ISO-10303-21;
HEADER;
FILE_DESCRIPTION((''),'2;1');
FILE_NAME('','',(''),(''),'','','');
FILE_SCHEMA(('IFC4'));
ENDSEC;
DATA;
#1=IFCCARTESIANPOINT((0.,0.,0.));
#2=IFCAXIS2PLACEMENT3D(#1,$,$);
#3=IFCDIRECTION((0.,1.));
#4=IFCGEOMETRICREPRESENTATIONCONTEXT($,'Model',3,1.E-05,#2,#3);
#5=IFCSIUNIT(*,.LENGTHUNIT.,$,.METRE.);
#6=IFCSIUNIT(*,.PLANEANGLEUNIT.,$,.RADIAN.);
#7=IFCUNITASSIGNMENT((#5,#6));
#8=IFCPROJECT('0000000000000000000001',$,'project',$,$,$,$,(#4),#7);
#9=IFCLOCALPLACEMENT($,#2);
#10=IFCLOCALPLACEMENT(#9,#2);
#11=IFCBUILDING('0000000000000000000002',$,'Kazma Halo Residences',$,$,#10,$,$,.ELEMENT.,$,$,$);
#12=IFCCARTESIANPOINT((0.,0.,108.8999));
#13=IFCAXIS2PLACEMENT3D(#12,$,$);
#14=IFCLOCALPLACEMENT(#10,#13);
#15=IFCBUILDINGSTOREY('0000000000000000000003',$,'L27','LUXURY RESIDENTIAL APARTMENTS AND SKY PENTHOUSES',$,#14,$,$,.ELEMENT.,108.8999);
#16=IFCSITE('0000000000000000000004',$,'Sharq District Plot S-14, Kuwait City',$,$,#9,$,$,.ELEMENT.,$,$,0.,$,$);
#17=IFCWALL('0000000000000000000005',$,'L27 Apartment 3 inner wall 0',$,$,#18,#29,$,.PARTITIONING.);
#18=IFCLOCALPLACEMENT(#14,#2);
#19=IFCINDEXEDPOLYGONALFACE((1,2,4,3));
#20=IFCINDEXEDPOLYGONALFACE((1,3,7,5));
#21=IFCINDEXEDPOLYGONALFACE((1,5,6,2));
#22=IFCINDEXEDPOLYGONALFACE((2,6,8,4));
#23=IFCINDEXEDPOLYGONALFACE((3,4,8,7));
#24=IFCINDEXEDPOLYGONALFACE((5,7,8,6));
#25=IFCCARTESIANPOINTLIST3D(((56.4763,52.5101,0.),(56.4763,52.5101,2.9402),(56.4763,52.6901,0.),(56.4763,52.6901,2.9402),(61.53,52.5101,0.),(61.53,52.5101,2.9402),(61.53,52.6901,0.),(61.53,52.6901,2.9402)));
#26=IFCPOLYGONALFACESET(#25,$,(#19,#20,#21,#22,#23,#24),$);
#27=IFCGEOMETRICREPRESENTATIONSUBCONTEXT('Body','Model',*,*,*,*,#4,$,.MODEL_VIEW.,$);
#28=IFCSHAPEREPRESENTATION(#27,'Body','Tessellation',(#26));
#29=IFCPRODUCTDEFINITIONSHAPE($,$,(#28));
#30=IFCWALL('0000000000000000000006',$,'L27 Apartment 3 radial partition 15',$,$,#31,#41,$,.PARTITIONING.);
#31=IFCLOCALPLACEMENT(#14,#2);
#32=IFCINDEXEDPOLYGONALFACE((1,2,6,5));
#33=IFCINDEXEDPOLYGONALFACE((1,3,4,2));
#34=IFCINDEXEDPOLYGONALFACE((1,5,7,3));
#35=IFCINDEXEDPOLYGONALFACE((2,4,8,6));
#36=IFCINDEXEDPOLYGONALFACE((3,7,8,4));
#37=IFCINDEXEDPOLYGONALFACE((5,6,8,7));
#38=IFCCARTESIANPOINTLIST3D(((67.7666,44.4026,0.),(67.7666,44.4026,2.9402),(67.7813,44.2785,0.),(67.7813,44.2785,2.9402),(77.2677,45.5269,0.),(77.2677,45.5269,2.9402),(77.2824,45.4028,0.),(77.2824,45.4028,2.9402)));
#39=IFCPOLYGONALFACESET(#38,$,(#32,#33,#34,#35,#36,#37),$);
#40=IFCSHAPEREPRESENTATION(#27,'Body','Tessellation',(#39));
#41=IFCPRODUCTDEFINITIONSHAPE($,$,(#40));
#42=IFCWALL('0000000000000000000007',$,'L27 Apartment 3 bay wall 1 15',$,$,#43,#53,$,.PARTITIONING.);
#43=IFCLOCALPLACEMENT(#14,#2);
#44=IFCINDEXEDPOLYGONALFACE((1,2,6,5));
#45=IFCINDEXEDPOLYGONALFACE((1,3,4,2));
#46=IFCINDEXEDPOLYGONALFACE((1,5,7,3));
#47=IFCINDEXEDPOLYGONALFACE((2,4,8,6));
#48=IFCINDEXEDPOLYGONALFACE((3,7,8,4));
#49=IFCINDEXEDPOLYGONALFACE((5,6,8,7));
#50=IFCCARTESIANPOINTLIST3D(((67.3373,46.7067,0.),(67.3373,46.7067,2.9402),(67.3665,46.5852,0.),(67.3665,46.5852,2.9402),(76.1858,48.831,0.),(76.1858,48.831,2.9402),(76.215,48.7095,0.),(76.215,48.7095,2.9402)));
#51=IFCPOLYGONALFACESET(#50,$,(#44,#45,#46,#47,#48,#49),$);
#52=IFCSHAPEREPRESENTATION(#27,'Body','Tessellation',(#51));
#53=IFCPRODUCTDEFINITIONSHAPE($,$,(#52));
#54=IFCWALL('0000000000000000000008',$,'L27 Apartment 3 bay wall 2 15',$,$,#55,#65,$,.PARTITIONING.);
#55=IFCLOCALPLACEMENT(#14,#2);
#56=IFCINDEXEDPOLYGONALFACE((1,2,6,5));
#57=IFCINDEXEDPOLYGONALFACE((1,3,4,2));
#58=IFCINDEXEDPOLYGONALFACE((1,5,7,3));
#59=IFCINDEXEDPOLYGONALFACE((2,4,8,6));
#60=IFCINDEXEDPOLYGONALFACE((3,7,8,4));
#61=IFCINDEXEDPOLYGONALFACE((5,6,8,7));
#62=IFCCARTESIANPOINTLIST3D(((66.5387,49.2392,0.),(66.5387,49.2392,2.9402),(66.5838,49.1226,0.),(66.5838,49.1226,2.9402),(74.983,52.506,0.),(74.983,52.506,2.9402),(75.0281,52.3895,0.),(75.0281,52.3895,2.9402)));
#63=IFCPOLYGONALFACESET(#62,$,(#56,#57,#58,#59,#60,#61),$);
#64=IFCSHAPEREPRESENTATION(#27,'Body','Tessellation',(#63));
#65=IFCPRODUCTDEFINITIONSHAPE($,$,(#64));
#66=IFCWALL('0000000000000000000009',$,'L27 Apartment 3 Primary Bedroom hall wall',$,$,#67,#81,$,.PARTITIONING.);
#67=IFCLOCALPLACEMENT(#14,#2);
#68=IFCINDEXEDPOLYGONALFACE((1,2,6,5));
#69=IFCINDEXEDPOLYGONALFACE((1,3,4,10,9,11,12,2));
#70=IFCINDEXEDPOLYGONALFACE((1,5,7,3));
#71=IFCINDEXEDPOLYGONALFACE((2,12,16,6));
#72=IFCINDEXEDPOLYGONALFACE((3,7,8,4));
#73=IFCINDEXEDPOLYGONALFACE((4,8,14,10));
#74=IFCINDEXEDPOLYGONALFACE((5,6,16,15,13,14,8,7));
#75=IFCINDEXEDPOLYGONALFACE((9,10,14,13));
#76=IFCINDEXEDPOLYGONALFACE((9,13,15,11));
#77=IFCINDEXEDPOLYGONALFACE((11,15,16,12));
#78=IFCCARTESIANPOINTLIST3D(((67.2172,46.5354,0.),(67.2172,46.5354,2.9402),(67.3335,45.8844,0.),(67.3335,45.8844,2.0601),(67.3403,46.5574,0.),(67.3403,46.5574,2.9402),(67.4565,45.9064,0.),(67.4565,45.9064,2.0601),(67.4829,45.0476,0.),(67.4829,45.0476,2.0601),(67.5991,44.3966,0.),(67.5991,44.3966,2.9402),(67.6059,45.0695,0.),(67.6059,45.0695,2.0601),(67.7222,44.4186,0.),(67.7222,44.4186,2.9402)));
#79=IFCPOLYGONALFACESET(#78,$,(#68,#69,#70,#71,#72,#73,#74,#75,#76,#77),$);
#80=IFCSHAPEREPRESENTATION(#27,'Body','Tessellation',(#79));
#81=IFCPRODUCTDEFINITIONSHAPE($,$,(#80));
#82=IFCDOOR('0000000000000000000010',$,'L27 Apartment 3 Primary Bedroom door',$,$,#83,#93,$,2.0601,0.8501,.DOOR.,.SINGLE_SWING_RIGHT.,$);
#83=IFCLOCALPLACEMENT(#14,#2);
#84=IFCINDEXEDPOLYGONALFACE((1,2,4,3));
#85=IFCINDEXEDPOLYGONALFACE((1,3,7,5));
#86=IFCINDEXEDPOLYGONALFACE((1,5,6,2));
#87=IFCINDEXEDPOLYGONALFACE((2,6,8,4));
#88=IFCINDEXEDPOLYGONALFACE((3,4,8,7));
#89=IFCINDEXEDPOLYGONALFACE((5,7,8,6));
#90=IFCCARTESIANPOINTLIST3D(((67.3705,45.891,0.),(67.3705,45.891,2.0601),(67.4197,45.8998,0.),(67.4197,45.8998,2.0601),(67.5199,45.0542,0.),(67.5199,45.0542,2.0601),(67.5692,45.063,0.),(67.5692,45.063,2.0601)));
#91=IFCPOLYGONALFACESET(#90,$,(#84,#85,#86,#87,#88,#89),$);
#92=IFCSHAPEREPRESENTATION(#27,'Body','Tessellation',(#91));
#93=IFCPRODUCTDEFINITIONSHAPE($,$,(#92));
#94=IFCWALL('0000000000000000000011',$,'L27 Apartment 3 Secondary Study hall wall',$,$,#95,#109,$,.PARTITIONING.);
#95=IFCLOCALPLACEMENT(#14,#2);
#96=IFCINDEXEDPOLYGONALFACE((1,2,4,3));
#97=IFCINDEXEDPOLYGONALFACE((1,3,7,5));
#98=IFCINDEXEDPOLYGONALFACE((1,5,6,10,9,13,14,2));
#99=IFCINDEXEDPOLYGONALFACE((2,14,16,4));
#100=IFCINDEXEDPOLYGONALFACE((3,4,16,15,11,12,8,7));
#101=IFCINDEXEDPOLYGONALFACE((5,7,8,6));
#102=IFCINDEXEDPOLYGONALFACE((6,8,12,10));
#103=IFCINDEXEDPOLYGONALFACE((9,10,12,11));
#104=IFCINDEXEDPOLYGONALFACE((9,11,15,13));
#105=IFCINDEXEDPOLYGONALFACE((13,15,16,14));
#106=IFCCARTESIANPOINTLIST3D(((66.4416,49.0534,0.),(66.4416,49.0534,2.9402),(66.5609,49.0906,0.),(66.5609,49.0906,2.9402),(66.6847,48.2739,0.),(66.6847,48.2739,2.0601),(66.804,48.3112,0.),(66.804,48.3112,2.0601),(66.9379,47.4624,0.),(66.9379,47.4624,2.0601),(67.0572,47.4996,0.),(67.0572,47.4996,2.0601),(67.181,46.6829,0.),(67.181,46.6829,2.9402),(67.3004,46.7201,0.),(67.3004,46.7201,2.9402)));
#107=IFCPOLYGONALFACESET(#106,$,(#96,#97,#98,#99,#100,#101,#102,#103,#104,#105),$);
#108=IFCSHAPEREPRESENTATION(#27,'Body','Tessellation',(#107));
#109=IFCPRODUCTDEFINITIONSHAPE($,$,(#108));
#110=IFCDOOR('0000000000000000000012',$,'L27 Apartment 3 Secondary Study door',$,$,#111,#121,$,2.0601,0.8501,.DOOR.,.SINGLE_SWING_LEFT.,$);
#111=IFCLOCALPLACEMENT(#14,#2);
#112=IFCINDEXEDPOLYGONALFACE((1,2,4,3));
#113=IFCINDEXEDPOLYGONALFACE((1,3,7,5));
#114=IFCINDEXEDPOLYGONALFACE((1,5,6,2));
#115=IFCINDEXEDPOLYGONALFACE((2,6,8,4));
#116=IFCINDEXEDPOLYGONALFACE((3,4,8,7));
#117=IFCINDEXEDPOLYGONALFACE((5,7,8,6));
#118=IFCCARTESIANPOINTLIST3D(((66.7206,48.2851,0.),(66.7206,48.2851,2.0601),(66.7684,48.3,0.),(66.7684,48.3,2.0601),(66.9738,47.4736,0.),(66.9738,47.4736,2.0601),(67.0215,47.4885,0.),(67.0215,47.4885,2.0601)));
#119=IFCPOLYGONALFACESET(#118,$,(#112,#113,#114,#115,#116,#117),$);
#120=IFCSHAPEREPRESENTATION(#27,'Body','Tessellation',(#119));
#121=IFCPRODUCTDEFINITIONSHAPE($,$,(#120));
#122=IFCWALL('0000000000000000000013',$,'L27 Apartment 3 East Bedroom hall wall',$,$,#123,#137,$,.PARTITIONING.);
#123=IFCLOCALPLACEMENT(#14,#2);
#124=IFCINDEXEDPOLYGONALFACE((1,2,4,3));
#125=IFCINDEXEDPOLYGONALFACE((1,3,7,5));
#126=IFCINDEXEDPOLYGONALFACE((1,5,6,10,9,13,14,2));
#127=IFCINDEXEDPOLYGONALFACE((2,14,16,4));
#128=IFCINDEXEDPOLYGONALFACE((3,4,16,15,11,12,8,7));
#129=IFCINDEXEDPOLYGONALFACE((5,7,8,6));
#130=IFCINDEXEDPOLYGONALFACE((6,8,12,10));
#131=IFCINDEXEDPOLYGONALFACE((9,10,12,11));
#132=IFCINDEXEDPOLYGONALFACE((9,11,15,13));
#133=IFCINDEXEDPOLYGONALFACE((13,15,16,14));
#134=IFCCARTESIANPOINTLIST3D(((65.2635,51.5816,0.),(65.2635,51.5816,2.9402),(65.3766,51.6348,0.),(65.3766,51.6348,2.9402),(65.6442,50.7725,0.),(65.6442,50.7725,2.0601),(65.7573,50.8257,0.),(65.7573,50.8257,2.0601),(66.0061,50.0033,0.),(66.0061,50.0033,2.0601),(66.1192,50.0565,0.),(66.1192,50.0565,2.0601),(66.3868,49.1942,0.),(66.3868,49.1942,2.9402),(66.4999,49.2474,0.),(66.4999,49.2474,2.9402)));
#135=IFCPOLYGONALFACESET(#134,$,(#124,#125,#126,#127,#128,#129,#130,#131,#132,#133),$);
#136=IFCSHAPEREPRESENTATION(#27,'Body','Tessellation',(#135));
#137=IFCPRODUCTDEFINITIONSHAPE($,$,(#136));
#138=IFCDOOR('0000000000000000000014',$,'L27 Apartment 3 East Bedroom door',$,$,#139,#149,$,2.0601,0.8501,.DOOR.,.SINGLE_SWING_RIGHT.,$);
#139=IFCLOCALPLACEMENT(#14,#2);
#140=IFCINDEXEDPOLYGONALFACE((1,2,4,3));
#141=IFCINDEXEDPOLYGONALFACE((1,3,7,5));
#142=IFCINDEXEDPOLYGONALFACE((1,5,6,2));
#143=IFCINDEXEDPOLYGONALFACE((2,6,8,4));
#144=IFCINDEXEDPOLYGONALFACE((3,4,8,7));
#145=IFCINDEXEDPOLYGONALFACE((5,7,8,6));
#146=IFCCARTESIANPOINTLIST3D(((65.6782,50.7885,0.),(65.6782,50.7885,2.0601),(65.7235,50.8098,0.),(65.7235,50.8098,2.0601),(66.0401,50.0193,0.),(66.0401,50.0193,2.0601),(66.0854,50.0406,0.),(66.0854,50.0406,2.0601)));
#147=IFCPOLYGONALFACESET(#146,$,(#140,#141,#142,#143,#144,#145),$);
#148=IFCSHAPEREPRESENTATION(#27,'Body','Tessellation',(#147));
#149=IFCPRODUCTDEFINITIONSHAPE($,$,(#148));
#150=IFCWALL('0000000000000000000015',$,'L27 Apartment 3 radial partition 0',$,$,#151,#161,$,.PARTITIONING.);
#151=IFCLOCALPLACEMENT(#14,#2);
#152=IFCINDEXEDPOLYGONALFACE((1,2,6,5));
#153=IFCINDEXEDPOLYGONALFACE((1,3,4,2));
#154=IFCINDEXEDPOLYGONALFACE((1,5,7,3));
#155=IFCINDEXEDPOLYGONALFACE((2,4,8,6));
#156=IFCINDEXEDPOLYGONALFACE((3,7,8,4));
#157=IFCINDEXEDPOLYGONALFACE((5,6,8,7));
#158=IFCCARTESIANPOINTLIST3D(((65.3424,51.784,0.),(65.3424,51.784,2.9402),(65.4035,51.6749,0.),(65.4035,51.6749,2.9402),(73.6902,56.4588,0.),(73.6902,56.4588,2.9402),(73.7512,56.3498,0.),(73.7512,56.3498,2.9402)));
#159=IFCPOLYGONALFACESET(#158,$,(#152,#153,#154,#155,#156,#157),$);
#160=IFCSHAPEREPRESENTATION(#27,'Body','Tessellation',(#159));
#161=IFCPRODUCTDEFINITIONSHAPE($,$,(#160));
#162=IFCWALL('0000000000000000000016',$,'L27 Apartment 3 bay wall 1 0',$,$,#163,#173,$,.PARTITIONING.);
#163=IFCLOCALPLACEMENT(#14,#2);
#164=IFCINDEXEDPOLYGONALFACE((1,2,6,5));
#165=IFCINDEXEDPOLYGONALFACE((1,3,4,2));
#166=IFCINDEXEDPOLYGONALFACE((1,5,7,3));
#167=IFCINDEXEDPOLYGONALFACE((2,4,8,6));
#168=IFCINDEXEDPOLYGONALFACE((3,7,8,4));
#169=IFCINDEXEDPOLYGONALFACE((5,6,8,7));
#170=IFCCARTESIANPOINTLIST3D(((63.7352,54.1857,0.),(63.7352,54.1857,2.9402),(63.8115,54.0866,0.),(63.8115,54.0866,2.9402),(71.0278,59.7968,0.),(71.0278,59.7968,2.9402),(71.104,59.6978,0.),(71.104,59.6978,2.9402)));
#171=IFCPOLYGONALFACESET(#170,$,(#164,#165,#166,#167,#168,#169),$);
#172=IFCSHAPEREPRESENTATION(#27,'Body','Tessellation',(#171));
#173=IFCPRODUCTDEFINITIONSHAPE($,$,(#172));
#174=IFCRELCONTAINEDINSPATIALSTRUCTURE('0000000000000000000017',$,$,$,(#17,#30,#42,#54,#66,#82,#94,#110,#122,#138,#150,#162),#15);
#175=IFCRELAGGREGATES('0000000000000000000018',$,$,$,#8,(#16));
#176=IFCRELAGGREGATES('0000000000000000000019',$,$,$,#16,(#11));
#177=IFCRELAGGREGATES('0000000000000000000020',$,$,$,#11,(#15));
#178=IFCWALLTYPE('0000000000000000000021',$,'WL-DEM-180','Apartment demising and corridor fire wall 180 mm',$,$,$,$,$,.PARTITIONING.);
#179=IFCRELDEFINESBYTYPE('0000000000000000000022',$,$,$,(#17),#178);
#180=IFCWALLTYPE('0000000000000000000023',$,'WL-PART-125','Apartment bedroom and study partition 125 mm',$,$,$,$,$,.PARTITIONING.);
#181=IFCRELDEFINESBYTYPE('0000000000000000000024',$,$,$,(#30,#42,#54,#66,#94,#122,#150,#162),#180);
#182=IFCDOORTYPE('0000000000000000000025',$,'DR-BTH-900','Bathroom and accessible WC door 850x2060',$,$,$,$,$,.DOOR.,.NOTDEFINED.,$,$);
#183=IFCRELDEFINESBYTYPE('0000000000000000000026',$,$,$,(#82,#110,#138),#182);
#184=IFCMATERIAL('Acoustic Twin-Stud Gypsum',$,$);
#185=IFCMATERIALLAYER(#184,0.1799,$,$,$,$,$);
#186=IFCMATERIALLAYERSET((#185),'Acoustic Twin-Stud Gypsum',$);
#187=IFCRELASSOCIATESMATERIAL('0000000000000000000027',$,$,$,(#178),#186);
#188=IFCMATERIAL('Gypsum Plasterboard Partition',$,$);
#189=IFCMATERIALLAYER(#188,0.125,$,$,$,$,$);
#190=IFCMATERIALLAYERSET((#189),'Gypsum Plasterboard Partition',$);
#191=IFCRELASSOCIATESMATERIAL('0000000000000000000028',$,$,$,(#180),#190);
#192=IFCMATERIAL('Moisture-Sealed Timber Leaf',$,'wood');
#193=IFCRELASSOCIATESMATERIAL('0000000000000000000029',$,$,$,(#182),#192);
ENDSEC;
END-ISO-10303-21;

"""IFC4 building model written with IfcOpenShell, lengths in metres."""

from ifc_helpers import new_model, si_unit, direction, frame, frame_2d, origin, place, context, subcontext, project, spatial, rectangle, extrude, material, layer, layer_set, type_object, element, fill, save


model = new_model("IFC4")

# Units and contexts
model_context = context("Model", 3, precision=1e-05, world=origin(), true_north=direction((0.0, 1.0)))
body_context = subcontext(model_context, "Body", "Model", "MODEL_VIEW")
ifc_project = project(units=[si_unit("LENGTHUNIT", "METRE"), si_unit("PLANEANGLEUNIT", "RADIAN")], contexts=[model_context])

# Site, building, storey
site_placement = place(None, origin())
site = spatial("IfcSite", under=ifc_project, at=site_placement, Name="Sharq District Plot S-14, Kuwait City", CompositionType="ELEMENT", RefElevation=0.0)
building_placement = place(site_placement, origin())
building = spatial("IfcBuilding", under=site, at=building_placement, Name="Kazma Halo Residences", CompositionType="ELEMENT")
storey_placement = place(building_placement, frame((0.0, 0.0, 108.8999)))
storey = spatial("IfcBuildingStorey", under=building, at=storey_placement, Name="L27", Description="LUXURY RESIDENTIAL APARTMENTS AND SKY PENTHOUSES", CompositionType="ELEMENT", Elevation=108.8999)

# Walls
ifc_material_1 = material(Name="Acoustic Twin-Stud Gypsum")
ifc_layer_1 = layer(ifc_material_1, 0.1799)
ifc_layer_set_1 = layer_set([ifc_layer_1], Name="Acoustic Twin-Stud Gypsum")
wall_type_1 = type_object("IfcWallType", Name="WL-DEM-180", Description="Apartment demising and corridor fire wall 180 mm", PredefinedType="PARTITIONING", material=ifc_layer_set_1)
wall_1_placement = place(storey_placement, frame((61.53, 52.6001, 0.0), z_axis=(0.0, 0.0, 1.0), x_axis=(-1.0, 0.0, 0.0)))
element("IfcWall", 1, at=wall_1_placement, inside=storey, type_object=wall_type_1, Name="L27 Apartment 3 inner wall 0", PredefinedType="PARTITIONING", context=body_context, shape_type="SweptSolid", body=[
    extrude(rectangle(XDim=5.0537, YDim=0.1799, at=frame_2d((2.5269, 0.0))), origin(), (0.0, 0.0, 1.0), 2.9402),
])
ifc_material_2 = material(Name="Gypsum Plasterboard Partition")
ifc_layer_2 = layer(ifc_material_2, 0.125)
ifc_layer_set_2 = layer_set([ifc_layer_2], Name="Gypsum Plasterboard Partition")
wall_type_2 = type_object("IfcWallType", Name="WL-PART-125", Description="Apartment bedroom and study partition 125 mm", PredefinedType="PARTITIONING", material=ifc_layer_set_2)
wall_2_placement = place(storey_placement, frame((67.7739, 44.3406, 0.0), z_axis=(0.0, 0.0, 1.0), x_axis=(0.993071, 0.117512, 0.0)))
element("IfcWall", 2, at=wall_2_placement, inside=storey, type_object=wall_type_2, Name="L27 Apartment 3 radial partition 15", PredefinedType="PARTITIONING", context=body_context, shape_type="SweptSolid", body=[
    extrude(rectangle(XDim=9.5674, YDim=0.125, at=frame_2d((4.7837, 0.0))), origin(), (0.0, 0.0, 1.0), 2.9402),
])
wall_3_placement = place(storey_placement, frame((67.3521, 46.646, 0.0), z_axis=(0.0, 0.0, 1.0), x_axis=(0.972371, 0.233441, 0.0)))
element("IfcWall", 3, at=wall_3_placement, inside=storey, type_object=wall_type_2, Name="L27 Apartment 3 bay wall 1 15", PredefinedType="PARTITIONING", context=body_context, shape_type="SweptSolid", body=[
    extrude(rectangle(XDim=9.0999, YDim=0.125, at=frame_2d((4.5498, 0.0))), origin(), (0.0, 0.0, 1.0), 2.9402),
])
wall_4_placement = place(storey_placement, frame((66.5613, 49.1809, 0.0), z_axis=(0.0, 0.0, 1.0), x_axis=(0.93264, 0.360809, 0.0)))
element("IfcWall", 4, at=wall_4_placement, inside=storey, type_object=wall_type_2, Name="L27 Apartment 3 bay wall 2 15", PredefinedType="PARTITIONING", context=body_context, shape_type="SweptSolid", body=[
    extrude(rectangle(XDim=9.0542, YDim=0.125, at=frame_2d((4.5271, 0.0))), origin(), (0.0, 0.0, 1.0), 2.9402),
])

# Walls, openings, doors
wall_5_placement = place(storey_placement, frame((67.6606, 44.4075, 0.0), z_axis=(0.0, 0.0, 1.0), x_axis=(-0.17576, 0.984433, 0.0)))
wall_5 = element("IfcWall", 5, at=wall_5_placement, inside=storey, type_object=wall_type_2, Name="L27 Apartment 3 Primary Bedroom hall wall", PredefinedType="PARTITIONING", context=body_context, shape_type="SweptSolid", body=[
    extrude(rectangle(XDim=2.1726, YDim=0.125, at=frame_2d((1.0864, 0.0))), origin(), (0.0, 0.0, 1.0), 2.9402),
])
opening_1_placement = place(wall_5_placement, frame((0.6614, 0.0, 0.0)))
opening_1 = element("IfcOpeningElement", 6, at=opening_1_placement, cuts=wall_5, PredefinedType="OPENING", context=body_context, shape_type="SweptSolid", body=[
    extrude(rectangle(XDim=0.8501, YDim=2.0601, at=frame_2d((0.425, 1.03))), frame((0.0, 0.0725, 0.0), z_axis=(0.0, -1.0, 0.0), x_axis=(1.0, 0.0, 0.0)), (0.0, 0.0, 1.0), 0.145),
])
ifc_material_3 = material(Name="Moisture-Sealed Timber Leaf", Category="wood")
door_type = type_object("IfcDoorType", Name="DR-BTH-900", Description="Bathroom and accessible WC door 850x2060", OperationType="NOTDEFINED", PredefinedType="DOOR", material=ifc_material_3)
door_1_placement = place(opening_1_placement, origin())
door_1 = element("IfcDoor", 7, at=door_1_placement, inside=storey, type_object=door_type, Name="L27 Apartment 3 Primary Bedroom door", OperationType="SINGLE_SWING_RIGHT", OverallHeight=2.0601, OverallWidth=0.8501, PredefinedType="DOOR", context=body_context, shape_type="SweptSolid", body=[
    extrude(rectangle(XDim=0.8501, YDim=2.0601, at=frame_2d((0.425, 1.03))), frame((0.0, 0.0249, 0.0), z_axis=(0.0, -1.0, 0.0), x_axis=(1.0, 0.0, 0.0)), (0.0, 0.0, 1.0), 0.05),
])
fill(opening_1, door_1)
wall_6_placement = place(storey_placement, frame((67.2407, 46.7014, 0.0), z_axis=(0.0, 0.0, 1.0), x_axis=(-0.297794, 0.95463, 0.0)))
wall_6 = element("IfcWall", 8, at=wall_6_placement, inside=storey, type_object=wall_type_2, Name="L27 Apartment 3 Secondary Study hall wall", PredefinedType="PARTITIONING", context=body_context, shape_type="SweptSolid", body=[
    extrude(rectangle(XDim=2.4832, YDim=0.125, at=frame_2d((1.2417, 0.0))), origin(), (0.0, 0.0, 1.0), 2.9402),
])
opening_2_placement = place(wall_6_placement, frame((0.8167, 0.0, 0.0)))
opening_2 = element("IfcOpeningElement", 9, at=opening_2_placement, cuts=wall_6, PredefinedType="OPENING", context=body_context, shape_type="SweptSolid", body=[
    extrude(rectangle(XDim=0.8501, YDim=2.0601, at=frame_2d((0.425, 1.03))), frame((0.0, 0.0725, 0.0), z_axis=(0.0, -1.0, 0.0), x_axis=(1.0, 0.0, 0.0)), (0.0, 0.0, 1.0), 0.145),
])
door_2_placement = place(opening_2_placement, origin())
door_2 = element("IfcDoor", 10, at=door_2_placement, inside=storey, type_object=door_type, Name="L27 Apartment 3 Secondary Study door", OperationType="SINGLE_SWING_LEFT", OverallHeight=2.0601, OverallWidth=0.8501, PredefinedType="DOOR", context=body_context, shape_type="SweptSolid", body=[
    extrude(rectangle(XDim=0.8501, YDim=2.0601, at=frame_2d((0.425, 1.03))), frame((0.0, 0.0249, 0.0), z_axis=(0.0, -1.0, 0.0), x_axis=(1.0, 0.0, 0.0)), (0.0, 0.0, 1.0), 0.05),
])
fill(opening_2, door_2)
wall_7_placement = place(storey_placement, frame((66.4434, 49.2207, 0.0), z_axis=(0.0, 0.0, 1.0), x_axis=(-0.42573, 0.90485, 0.0)))
wall_7 = element("IfcWall", 11, at=wall_7_placement, inside=storey, type_object=wall_type_2, Name="L27 Apartment 3 East Bedroom hall wall", PredefinedType="PARTITIONING", context=body_context, shape_type="SweptSolid", body=[
    extrude(rectangle(XDim=2.6384, YDim=0.125, at=frame_2d((1.3193, 0.0))), origin(), (0.0, 0.0, 1.0), 2.9402),
])
opening_3_placement = place(wall_7_placement, frame((0.8943, 0.0, 0.0)))
opening_3 = element("IfcOpeningElement", 12, at=opening_3_placement, cuts=wall_7, PredefinedType="OPENING", context=body_context, shape_type="SweptSolid", body=[
    extrude(rectangle(XDim=0.8501, YDim=2.0601, at=frame_2d((0.425, 1.03))), frame((0.0, 0.0725, 0.0), z_axis=(0.0, -1.0, 0.0), x_axis=(1.0, 0.0, 0.0)), (0.0, 0.0, 1.0), 0.145),
])
door_3_placement = place(opening_3_placement, origin())
door_3 = element("IfcDoor", 13, at=door_3_placement, inside=storey, type_object=door_type, Name="L27 Apartment 3 East Bedroom door", OperationType="SINGLE_SWING_RIGHT", OverallHeight=2.0601, OverallWidth=0.8501, PredefinedType="DOOR", context=body_context, shape_type="SweptSolid", body=[
    extrude(rectangle(XDim=0.8501, YDim=2.0601, at=frame_2d((0.425, 1.03))), frame((0.0, 0.0249, 0.0), z_axis=(0.0, -1.0, 0.0), x_axis=(1.0, 0.0, 0.0)), (0.0, 0.0, 1.0), 0.05),
])
fill(opening_3, door_3)

# Walls
wall_8_placement = place(storey_placement, frame((65.373, 51.7295, 0.0), z_axis=(0.0, 0.0, 1.0), x_axis=(0.872501, 0.488613, 0.0)))
element("IfcWall", 14, at=wall_8_placement, inside=storey, type_object=wall_type_2, Name="L27 Apartment 3 radial partition 0", PredefinedType="PARTITIONING", context=body_context, shape_type="SweptSolid", body=[
    extrude(rectangle(XDim=9.5676, YDim=0.125, at=frame_2d((4.7837, 0.0))), origin(), (0.0, 0.0, 1.0), 2.9402),
])
wall_9_placement = place(storey_placement, frame((63.7734, 54.1362, 0.0), z_axis=(0.0, 0.0, 1.0), x_axis=(0.792546, 0.609812, 0.0)))
element("IfcWall", 15, at=wall_9_placement, inside=storey, type_object=wall_type_2, Name="L27 Apartment 3 bay wall 1 0", PredefinedType="PARTITIONING", context=body_context, shape_type="SweptSolid", body=[
    extrude(rectangle(XDim=9.2014, YDim=0.125, at=frame_2d((4.6006, 0.0))), origin(), (0.0, 0.0, 1.0), 2.9402),
])

save(model, "model.ifc")
